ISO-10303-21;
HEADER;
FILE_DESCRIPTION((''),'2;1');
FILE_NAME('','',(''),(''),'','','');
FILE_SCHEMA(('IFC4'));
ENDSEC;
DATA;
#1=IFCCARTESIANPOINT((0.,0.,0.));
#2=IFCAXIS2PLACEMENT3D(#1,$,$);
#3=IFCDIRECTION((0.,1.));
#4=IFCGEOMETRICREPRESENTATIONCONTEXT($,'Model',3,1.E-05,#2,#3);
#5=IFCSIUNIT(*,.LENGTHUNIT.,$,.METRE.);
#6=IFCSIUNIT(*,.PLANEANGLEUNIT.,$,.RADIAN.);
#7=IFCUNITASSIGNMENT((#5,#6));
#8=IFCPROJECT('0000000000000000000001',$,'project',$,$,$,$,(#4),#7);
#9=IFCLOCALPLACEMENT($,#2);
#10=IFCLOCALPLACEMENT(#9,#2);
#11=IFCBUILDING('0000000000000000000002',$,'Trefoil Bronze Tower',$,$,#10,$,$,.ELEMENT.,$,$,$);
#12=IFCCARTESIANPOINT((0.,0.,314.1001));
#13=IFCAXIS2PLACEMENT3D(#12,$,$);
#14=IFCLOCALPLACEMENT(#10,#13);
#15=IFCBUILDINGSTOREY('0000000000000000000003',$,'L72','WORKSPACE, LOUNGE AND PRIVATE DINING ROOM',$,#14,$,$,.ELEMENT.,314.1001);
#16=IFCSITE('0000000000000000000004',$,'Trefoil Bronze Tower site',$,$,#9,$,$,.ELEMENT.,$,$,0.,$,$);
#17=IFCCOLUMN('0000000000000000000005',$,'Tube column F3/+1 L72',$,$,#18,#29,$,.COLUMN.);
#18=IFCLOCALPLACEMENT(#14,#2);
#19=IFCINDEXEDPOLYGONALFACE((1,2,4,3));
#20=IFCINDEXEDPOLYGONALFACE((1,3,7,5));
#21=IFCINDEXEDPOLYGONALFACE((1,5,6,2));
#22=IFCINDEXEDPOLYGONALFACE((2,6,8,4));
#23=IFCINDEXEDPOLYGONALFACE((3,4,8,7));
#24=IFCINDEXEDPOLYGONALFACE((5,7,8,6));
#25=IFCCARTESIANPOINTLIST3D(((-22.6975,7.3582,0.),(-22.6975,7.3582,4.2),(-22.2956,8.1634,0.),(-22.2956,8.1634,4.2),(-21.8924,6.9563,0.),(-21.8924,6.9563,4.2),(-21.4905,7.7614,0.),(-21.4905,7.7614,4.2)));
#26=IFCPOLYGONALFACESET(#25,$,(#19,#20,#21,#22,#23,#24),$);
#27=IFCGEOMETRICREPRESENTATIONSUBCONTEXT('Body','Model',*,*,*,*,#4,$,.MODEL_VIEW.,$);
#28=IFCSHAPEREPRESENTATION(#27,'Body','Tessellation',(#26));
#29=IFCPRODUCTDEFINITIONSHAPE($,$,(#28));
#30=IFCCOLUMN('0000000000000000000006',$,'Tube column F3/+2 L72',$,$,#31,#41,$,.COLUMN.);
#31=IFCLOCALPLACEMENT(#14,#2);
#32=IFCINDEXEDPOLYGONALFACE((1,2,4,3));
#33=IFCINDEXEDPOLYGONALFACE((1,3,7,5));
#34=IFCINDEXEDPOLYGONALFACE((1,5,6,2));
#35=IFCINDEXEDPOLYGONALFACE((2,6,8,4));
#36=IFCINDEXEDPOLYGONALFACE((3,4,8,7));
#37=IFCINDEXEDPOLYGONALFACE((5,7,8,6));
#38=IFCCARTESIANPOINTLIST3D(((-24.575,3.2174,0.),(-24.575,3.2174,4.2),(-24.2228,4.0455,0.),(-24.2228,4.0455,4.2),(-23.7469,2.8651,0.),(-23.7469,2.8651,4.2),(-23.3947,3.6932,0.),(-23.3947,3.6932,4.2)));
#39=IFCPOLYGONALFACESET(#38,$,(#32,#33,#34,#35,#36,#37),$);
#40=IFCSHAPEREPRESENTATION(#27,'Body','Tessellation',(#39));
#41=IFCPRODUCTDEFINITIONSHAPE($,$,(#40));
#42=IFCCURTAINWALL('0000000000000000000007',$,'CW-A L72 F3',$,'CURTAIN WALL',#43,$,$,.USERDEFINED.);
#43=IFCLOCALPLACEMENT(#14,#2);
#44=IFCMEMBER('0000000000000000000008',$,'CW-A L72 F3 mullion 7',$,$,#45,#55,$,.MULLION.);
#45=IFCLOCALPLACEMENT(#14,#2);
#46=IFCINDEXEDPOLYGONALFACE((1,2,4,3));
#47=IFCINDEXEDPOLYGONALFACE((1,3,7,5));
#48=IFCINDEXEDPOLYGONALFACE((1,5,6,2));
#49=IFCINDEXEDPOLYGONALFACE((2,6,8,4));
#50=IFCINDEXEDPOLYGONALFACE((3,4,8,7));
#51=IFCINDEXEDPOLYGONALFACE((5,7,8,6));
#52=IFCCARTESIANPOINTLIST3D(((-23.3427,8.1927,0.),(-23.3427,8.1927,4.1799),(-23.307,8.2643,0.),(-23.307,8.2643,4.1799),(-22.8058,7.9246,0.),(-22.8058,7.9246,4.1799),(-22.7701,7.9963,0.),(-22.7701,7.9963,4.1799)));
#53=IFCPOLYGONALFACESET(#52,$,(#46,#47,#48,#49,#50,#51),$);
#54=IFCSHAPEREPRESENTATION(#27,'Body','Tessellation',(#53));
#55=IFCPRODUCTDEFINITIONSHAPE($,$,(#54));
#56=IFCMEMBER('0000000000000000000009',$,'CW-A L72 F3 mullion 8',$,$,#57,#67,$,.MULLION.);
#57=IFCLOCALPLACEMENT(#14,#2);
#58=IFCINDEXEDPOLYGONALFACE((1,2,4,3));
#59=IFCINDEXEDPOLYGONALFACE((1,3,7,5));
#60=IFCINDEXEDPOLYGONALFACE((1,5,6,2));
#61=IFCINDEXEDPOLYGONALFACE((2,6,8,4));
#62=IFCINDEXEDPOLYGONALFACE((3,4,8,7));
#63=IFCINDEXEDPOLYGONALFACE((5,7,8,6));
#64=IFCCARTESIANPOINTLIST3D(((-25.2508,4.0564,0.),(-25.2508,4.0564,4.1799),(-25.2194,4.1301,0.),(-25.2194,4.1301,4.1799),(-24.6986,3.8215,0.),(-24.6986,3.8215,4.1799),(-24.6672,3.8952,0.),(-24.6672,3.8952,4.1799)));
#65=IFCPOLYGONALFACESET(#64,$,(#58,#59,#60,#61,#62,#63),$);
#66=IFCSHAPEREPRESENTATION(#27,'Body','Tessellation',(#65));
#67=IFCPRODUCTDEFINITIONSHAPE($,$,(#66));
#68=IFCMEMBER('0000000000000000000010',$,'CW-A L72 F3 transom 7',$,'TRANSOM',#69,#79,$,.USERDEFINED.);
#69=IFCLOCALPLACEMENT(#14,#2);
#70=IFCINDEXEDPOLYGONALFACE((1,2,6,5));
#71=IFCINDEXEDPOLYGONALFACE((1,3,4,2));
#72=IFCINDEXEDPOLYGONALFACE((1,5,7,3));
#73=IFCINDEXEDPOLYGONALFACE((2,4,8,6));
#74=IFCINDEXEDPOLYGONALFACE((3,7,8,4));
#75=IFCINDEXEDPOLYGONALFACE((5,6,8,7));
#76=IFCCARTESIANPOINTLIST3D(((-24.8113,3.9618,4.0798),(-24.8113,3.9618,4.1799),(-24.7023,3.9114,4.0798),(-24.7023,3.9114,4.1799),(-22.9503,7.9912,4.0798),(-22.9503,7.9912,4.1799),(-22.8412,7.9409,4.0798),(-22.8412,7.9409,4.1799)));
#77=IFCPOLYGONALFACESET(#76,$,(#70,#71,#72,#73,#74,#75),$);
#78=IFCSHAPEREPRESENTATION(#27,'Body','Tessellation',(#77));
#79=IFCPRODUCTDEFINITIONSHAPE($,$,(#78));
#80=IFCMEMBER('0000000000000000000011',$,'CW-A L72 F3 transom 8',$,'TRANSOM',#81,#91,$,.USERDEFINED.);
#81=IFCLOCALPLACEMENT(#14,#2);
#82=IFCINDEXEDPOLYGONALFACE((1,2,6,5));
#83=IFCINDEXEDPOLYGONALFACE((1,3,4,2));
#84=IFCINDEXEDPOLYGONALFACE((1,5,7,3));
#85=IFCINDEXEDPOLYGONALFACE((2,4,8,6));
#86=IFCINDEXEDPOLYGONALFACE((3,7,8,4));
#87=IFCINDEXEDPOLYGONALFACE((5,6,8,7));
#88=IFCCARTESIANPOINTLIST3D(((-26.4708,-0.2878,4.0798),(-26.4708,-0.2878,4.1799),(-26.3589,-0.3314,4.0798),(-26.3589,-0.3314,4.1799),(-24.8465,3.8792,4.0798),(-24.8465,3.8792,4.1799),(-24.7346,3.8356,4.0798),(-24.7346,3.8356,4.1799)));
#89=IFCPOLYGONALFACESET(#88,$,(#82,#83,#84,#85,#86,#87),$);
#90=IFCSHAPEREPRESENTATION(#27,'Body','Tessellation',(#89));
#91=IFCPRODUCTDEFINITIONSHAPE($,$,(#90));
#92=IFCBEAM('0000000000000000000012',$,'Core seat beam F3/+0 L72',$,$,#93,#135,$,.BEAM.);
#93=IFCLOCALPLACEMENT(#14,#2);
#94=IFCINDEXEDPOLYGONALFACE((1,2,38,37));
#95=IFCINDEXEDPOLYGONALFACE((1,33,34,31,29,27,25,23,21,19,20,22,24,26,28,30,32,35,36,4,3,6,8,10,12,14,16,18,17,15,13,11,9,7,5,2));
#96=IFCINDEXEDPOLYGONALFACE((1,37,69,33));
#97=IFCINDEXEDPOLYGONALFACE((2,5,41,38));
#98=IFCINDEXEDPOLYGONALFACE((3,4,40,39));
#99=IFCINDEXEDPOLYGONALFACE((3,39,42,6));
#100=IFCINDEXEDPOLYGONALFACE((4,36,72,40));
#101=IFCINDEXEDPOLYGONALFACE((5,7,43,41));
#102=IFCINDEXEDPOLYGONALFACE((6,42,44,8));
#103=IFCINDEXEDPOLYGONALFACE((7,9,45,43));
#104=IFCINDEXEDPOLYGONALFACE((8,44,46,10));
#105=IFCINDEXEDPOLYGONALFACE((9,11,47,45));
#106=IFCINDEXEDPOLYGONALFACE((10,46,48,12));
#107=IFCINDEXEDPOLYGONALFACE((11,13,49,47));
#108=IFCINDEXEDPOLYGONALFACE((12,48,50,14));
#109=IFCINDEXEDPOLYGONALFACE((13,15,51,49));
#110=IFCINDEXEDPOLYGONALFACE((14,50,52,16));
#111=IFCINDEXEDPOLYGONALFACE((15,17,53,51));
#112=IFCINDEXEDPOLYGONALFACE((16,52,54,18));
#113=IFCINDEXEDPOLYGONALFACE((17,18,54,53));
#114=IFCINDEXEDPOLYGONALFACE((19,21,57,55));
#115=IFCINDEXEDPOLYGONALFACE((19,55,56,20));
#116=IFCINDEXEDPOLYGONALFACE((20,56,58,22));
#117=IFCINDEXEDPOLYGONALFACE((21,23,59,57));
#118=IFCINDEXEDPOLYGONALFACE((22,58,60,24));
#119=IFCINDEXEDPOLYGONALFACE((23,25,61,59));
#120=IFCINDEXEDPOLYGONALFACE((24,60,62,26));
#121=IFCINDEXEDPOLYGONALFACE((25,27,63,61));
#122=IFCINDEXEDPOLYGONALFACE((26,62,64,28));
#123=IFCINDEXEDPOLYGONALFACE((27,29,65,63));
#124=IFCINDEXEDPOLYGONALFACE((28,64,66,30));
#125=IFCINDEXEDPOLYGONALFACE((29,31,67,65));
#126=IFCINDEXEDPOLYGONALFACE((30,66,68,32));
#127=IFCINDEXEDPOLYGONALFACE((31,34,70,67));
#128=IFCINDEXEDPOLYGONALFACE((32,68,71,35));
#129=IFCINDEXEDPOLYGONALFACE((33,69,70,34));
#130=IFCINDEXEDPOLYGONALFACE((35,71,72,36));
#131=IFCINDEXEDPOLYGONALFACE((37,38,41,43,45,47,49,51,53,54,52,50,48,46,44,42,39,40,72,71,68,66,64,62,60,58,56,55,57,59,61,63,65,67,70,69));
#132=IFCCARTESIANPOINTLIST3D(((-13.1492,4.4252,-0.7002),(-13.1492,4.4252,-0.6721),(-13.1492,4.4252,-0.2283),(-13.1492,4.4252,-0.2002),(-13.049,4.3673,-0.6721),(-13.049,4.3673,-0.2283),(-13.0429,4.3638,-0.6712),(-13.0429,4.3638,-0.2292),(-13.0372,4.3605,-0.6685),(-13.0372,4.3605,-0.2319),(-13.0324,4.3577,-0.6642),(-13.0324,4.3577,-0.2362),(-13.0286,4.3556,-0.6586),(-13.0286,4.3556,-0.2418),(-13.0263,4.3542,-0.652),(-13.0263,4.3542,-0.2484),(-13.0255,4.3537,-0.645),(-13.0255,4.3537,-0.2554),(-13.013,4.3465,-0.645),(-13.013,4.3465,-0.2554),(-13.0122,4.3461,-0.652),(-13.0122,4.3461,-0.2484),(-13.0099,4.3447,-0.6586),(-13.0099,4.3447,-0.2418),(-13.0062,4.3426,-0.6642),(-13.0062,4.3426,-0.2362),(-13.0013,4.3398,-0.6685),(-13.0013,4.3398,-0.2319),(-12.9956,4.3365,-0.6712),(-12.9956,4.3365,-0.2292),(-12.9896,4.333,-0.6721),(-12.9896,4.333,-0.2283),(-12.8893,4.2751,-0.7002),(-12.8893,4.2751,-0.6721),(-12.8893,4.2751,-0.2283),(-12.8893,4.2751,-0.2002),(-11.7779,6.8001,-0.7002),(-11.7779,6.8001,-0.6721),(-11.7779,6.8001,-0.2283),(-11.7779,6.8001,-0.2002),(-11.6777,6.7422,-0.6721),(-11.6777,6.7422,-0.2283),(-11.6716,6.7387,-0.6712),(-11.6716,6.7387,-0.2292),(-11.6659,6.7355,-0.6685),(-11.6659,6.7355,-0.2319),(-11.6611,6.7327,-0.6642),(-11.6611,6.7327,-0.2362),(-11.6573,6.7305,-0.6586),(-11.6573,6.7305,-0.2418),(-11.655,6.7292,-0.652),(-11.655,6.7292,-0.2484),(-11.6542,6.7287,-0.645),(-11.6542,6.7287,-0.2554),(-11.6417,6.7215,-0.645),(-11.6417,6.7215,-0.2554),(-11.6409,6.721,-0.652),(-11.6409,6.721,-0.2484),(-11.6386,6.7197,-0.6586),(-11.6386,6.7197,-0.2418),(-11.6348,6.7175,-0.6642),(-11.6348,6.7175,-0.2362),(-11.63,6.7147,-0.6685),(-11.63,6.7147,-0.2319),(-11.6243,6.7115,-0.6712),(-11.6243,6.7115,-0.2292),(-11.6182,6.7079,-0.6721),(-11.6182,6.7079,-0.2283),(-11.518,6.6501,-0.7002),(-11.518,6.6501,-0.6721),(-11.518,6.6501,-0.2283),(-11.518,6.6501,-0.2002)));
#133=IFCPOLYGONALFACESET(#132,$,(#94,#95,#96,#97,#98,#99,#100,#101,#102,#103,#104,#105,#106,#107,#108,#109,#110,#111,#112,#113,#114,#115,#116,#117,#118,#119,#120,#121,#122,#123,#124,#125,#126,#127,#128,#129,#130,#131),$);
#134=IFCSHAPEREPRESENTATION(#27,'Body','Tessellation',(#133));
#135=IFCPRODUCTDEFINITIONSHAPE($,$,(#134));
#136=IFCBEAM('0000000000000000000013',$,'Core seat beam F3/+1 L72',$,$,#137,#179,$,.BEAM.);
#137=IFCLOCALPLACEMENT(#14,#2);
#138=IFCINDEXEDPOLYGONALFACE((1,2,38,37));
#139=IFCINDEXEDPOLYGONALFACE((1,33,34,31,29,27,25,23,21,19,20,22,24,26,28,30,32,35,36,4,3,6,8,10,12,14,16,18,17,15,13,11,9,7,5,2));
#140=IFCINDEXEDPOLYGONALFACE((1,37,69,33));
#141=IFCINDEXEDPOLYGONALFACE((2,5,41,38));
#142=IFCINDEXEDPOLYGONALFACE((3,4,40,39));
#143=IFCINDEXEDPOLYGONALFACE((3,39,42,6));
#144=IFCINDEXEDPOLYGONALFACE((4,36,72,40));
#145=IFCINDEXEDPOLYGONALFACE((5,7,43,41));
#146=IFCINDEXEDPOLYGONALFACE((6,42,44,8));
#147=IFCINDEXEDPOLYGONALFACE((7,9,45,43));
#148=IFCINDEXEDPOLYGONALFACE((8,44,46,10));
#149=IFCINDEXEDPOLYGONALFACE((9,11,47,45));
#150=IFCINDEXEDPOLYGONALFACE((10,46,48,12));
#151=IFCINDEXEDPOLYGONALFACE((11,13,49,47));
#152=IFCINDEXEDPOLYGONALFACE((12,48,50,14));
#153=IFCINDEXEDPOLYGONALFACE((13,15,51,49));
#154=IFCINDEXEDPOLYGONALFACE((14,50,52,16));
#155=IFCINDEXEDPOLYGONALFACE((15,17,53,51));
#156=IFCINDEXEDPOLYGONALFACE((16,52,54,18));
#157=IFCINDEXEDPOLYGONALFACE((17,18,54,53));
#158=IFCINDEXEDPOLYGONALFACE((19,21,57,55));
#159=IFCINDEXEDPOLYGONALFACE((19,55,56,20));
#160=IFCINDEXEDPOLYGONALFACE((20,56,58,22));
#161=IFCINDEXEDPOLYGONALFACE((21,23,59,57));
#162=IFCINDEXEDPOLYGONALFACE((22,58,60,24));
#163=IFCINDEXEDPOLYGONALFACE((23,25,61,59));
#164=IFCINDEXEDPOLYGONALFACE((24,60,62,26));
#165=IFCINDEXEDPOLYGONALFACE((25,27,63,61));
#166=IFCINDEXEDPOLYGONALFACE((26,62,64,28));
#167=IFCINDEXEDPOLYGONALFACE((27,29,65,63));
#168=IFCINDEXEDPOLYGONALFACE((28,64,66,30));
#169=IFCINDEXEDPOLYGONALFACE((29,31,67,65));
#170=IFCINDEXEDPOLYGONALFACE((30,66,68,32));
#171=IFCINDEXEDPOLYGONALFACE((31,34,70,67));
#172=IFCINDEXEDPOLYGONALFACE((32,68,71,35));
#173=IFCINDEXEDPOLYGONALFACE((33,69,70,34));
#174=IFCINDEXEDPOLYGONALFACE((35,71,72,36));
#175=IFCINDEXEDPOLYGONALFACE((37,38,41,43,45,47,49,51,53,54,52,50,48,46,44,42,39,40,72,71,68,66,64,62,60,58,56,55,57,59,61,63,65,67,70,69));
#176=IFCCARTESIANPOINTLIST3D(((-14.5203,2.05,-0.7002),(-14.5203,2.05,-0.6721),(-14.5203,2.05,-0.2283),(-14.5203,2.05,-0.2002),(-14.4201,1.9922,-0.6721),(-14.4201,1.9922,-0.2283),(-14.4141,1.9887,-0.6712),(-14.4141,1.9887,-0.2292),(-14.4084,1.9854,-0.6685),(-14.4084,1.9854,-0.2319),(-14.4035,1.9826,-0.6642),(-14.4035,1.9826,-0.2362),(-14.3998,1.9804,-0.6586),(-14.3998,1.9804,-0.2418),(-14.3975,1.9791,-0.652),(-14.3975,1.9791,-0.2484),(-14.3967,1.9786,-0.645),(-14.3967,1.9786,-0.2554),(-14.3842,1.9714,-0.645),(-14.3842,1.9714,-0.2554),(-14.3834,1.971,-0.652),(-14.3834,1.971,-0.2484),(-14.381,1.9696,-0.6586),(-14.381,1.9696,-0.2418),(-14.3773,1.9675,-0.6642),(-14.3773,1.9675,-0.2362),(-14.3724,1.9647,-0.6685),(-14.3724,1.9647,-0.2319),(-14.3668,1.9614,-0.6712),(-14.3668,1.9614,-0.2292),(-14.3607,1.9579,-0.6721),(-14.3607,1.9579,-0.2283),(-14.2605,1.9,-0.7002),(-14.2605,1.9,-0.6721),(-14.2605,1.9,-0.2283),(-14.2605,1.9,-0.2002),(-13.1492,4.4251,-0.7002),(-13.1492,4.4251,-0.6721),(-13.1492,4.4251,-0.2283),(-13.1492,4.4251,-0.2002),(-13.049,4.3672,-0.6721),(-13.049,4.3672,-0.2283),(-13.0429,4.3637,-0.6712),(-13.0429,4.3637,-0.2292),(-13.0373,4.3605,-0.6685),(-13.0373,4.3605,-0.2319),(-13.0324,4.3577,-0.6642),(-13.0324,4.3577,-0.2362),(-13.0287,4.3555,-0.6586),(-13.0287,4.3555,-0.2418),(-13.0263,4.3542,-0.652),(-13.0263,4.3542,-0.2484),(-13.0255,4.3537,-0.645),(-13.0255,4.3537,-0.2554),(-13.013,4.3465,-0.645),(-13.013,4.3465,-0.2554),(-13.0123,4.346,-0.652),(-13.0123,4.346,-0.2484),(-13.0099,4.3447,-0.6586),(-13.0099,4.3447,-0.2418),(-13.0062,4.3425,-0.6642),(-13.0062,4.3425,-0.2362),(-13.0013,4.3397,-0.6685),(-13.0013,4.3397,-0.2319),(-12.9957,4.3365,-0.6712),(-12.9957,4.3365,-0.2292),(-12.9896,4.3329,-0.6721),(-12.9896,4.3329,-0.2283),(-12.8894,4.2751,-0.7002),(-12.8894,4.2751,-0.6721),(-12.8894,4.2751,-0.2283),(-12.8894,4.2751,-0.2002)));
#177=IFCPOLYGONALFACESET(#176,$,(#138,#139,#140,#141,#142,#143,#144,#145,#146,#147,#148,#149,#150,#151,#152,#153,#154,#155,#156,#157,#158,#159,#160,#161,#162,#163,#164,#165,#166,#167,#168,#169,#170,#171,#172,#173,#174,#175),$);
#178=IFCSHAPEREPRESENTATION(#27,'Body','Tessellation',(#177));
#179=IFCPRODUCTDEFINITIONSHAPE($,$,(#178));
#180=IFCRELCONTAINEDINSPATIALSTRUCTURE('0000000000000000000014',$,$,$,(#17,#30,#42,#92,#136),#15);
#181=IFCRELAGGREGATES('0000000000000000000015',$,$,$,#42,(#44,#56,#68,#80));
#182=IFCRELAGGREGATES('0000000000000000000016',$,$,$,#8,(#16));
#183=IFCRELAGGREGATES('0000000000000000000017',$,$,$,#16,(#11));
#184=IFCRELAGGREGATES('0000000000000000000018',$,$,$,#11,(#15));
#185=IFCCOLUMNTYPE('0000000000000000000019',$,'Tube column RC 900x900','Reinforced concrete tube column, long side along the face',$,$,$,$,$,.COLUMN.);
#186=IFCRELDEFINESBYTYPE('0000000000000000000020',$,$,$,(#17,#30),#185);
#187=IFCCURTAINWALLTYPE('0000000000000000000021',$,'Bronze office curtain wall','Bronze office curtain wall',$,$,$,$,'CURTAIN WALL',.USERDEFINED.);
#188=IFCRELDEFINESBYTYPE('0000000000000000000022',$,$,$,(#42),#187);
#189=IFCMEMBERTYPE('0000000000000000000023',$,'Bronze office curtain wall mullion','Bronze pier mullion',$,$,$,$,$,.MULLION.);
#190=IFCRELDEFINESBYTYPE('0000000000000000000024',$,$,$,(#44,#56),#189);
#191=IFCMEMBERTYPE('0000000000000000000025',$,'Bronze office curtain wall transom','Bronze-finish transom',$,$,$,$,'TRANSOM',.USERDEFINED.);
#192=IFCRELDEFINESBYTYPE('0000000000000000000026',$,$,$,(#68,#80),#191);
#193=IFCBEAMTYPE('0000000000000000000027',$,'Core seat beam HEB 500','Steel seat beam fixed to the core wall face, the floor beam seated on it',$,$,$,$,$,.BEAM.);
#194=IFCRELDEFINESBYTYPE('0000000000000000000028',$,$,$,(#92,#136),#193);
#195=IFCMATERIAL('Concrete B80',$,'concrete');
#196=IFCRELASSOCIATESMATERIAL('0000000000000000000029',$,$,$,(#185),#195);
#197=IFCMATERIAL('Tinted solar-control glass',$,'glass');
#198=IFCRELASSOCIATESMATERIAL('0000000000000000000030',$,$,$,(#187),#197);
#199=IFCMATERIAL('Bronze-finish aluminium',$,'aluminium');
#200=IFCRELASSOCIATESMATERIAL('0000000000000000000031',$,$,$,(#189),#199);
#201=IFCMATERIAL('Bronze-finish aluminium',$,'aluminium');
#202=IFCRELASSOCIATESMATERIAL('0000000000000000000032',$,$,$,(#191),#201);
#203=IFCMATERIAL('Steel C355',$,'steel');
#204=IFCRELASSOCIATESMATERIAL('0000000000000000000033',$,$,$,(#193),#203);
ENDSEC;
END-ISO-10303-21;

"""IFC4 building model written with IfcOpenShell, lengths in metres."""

from ifc_helpers import new_model, si_unit, direction, frame, origin, origin_2d, place, context, subcontext, project, spatial, rectangle, i_section, extrude, material, material_profile, profile_set, type_object, element, aggregate, save


model = new_model("IFC4")

# Units and contexts
model_context = context("Model", 3, precision=1e-05, world=origin(), true_north=direction((0.0, 1.0)))
body_context = subcontext(model_context, "Body", "Model", "MODEL_VIEW")
ifc_project = project(units=[si_unit("LENGTHUNIT", "METRE"), si_unit("PLANEANGLEUNIT", "RADIAN")], contexts=[model_context])

# Site, building, storey
site_placement = place(None, origin())
site = spatial("IfcSite", under=ifc_project, at=site_placement, Name="Trefoil Bronze Tower site", CompositionType="ELEMENT", RefElevation=0.0)
building_placement = place(site_placement, origin())
building = spatial("IfcBuilding", under=site, at=building_placement, Name="Trefoil Bronze Tower", CompositionType="ELEMENT")
storey_placement = place(building_placement, frame((0.0, 0.0, 314.1001)))
storey = spatial("IfcBuildingStorey", under=building, at=storey_placement, Name="L72", Description="WORKSPACE, LOUNGE AND PRIVATE DINING ROOM", CompositionType="ELEMENT", Elevation=314.1001)

# Columns
ifc_material_1 = material(Name="Concrete B80", Category="concrete")
ifc_material_profile_1 = material_profile(ifc_material_1, rectangle(XDim=0.8999, YDim=0.8999, at=origin_2d()), Name="RC 900x900")
ifc_profile_set_1 = profile_set([ifc_material_profile_1], Name="Concrete B80")
column_type = type_object("IfcColumnType", Name="Tube column RC 900x900", Description="Reinforced concrete tube column, long side along the face", PredefinedType="COLUMN", material=ifc_profile_set_1)
for number, where, z_axis, x_axis, name in (
    (1, (-22.094, 7.5598, 0.0), (0.0, 0.0, 1.0), (-0.446641, -0.894713, 0.0), "Tube column F3/+1 L72"),
    (2, (-23.9849, 3.4553, 0.0), (0.0, 0.0, 1.0), (-0.391436, -0.920205, 0.0), "Tube column F3/+2 L72"),
):
    element("IfcColumn", number, at=place(storey_placement, frame(where, z_axis=z_axis, x_axis=x_axis)), inside=storey, type_object=column_type, Name=name, PredefinedType="COLUMN", context=body_context, shape_type="SweptSolid", body=[
        extrude(rectangle(XDim=0.8999, YDim=0.8999, at=origin_2d()), origin(), (0.0, 0.0, 1.0), 4.2),
    ])

# Curtain wall, members
ifc_material_2 = material(Name="Tinted solar-control glass", Category="glass")
curtain_wall_type = type_object("IfcCurtainWallType", Name="Bronze office curtain wall", Description="Bronze office curtain wall", ElementType="CURTAIN WALL", PredefinedType="USERDEFINED", material=ifc_material_2)
curtain_wall_placement = place(storey_placement, origin())
curtain_wall = element("IfcCurtainWall", 3, at=curtain_wall_placement, inside=storey, type_object=curtain_wall_type, Name="CW-A L72 F3", ObjectType="CURTAIN WALL", PredefinedType="USERDEFINED")
ifc_material_3 = material(Name="Bronze-finish aluminium", Category="aluminium")
ifc_material_profile_2 = material_profile(ifc_material_3, rectangle(XDim=0.6001, YDim=0.0801, at=origin_2d()), Name="CW-A mullion")
ifc_profile_set_2 = profile_set([ifc_material_profile_2], Name="Bronze-finish aluminium")
member_type_1 = type_object("IfcMemberType", Name="Bronze office curtain wall mullion", Description="Bronze pier mullion", PredefinedType="MULLION", material=ifc_profile_set_2)
member_1_placement = place(storey_placement, frame((-23.0564, 8.0945, 0.0), z_axis=(0.0, 0.0, 1.0), x_axis=(0.894713, -0.446641, 0.0)))
member_1 = element("IfcMember", 4, at=member_1_placement, type_object=member_type_1, Name="CW-A L72 F3 mullion 7", PredefinedType="MULLION", context=body_context, shape_type="SweptSolid", body=[
    extrude(rectangle(XDim=0.6001, YDim=0.0801, at=origin_2d()), origin(), (0.0, 0.0, 1.0), 4.1799),
])
member_2_placement = place(storey_placement, frame((-24.959, 3.9758, 0.0), z_axis=(0.0, 0.0, 1.0), x_axis=(0.920205, -0.391436, 0.0)))
member_2 = element("IfcMember", 5, at=member_2_placement, type_object=member_type_1, Name="CW-A L72 F3 mullion 8", PredefinedType="MULLION", context=body_context, shape_type="SweptSolid", body=[
    extrude(rectangle(XDim=0.6001, YDim=0.0801, at=origin_2d()), origin(), (0.0, 0.0, 1.0), 4.1799),
])
ifc_material_4 = material(Name="Bronze-finish aluminium", Category="aluminium")
ifc_material_profile_3 = material_profile(ifc_material_4, rectangle(XDim=0.1201, YDim=0.1001, at=origin_2d()), Name="CW-A transom")
ifc_profile_set_3 = profile_set([ifc_material_profile_3], Name="Bronze-finish aluminium")
member_type_2 = type_object("IfcMemberType", Name="Bronze office curtain wall transom", Description="Bronze-finish transom", ElementType="TRANSOM", PredefinedType="USERDEFINED", material=ifc_profile_set_3)
member_3_placement = place(storey_placement, frame((-22.8958, 7.9661, 4.1299), z_axis=(-0.419299, -0.907848, 0.0), x_axis=(0.907848, -0.419299, 0.0)))
member_3 = element("IfcMember", 6, at=member_3_placement, type_object=member_type_2, Name="CW-A L72 F3 transom 7", ObjectType="TRANSOM", PredefinedType="USERDEFINED", context=body_context, shape_type="SweptSolid", body=[
    extrude(rectangle(XDim=0.1201, YDim=0.1001, at=origin_2d()), origin(), (0.0, 0.0, 1.0), 4.4385),
])
member_4_placement = place(storey_placement, frame((-24.7905, 3.8574, 4.1299), z_axis=(-0.363178, -0.93172, 0.0), x_axis=(0.93172, -0.363178, 0.0)))
member_4 = element("IfcMember", 7, at=member_4_placement, type_object=member_type_2, Name="CW-A L72 F3 transom 8", ObjectType="TRANSOM", PredefinedType="USERDEFINED", context=body_context, shape_type="SweptSolid", body=[
    extrude(rectangle(XDim=0.1201, YDim=0.1001, at=origin_2d()), origin(), (0.0, 0.0, 1.0), 4.4724),
])

# Beams
ifc_material_5 = material(Name="Steel C355", Category="steel")
ifc_material_profile_4 = material_profile(ifc_material_5, i_section(OverallWidth=0.3, OverallDepth=0.5, WebThickness=0.0144, FlangeThickness=0.0281, FilletRadius=0.0271, at=origin_2d()), Name="HEB 500")
ifc_profile_set_4 = profile_set([ifc_material_profile_4], Name="Steel C355")
beam_type_1 = type_object("IfcBeamType", Name="Core seat beam HEB 500", Description="Steel seat beam fixed to the core wall face, the floor beam seated on it", PredefinedType="BEAM", material=ifc_profile_set_4)
for number, where, z_axis, x_axis, name in (
    (8, (-11.6479, 6.7251, -0.4502), (-0.500036, -0.866005, 0.0), (0.866005, -0.500036, 0.0), "Core seat beam F3/+0 L72"),
    (9, (-13.0193, 4.3501, -0.4502), (-0.499969, -0.866043, 0.0), (0.866043, -0.499969, 0.0), "Core seat beam F3/+1 L72"),
):
    element("IfcBeam", number, at=place(storey_placement, frame(where, z_axis=z_axis, x_axis=x_axis)), inside=storey, type_object=beam_type_1, Name=name, PredefinedType="BEAM", context=body_context, shape_type="SweptSolid", body=[
        extrude(i_section(OverallWidth=0.3, OverallDepth=0.5, WebThickness=0.0144, FlangeThickness=0.0281, FilletRadius=0.0271, at=origin_2d()), origin(), (0.0, 0.0, 1.0), 2.7424),
    ])

aggregate(curtain_wall, [member_1, member_2, member_3, member_4])

save(model, "model.ifc")
